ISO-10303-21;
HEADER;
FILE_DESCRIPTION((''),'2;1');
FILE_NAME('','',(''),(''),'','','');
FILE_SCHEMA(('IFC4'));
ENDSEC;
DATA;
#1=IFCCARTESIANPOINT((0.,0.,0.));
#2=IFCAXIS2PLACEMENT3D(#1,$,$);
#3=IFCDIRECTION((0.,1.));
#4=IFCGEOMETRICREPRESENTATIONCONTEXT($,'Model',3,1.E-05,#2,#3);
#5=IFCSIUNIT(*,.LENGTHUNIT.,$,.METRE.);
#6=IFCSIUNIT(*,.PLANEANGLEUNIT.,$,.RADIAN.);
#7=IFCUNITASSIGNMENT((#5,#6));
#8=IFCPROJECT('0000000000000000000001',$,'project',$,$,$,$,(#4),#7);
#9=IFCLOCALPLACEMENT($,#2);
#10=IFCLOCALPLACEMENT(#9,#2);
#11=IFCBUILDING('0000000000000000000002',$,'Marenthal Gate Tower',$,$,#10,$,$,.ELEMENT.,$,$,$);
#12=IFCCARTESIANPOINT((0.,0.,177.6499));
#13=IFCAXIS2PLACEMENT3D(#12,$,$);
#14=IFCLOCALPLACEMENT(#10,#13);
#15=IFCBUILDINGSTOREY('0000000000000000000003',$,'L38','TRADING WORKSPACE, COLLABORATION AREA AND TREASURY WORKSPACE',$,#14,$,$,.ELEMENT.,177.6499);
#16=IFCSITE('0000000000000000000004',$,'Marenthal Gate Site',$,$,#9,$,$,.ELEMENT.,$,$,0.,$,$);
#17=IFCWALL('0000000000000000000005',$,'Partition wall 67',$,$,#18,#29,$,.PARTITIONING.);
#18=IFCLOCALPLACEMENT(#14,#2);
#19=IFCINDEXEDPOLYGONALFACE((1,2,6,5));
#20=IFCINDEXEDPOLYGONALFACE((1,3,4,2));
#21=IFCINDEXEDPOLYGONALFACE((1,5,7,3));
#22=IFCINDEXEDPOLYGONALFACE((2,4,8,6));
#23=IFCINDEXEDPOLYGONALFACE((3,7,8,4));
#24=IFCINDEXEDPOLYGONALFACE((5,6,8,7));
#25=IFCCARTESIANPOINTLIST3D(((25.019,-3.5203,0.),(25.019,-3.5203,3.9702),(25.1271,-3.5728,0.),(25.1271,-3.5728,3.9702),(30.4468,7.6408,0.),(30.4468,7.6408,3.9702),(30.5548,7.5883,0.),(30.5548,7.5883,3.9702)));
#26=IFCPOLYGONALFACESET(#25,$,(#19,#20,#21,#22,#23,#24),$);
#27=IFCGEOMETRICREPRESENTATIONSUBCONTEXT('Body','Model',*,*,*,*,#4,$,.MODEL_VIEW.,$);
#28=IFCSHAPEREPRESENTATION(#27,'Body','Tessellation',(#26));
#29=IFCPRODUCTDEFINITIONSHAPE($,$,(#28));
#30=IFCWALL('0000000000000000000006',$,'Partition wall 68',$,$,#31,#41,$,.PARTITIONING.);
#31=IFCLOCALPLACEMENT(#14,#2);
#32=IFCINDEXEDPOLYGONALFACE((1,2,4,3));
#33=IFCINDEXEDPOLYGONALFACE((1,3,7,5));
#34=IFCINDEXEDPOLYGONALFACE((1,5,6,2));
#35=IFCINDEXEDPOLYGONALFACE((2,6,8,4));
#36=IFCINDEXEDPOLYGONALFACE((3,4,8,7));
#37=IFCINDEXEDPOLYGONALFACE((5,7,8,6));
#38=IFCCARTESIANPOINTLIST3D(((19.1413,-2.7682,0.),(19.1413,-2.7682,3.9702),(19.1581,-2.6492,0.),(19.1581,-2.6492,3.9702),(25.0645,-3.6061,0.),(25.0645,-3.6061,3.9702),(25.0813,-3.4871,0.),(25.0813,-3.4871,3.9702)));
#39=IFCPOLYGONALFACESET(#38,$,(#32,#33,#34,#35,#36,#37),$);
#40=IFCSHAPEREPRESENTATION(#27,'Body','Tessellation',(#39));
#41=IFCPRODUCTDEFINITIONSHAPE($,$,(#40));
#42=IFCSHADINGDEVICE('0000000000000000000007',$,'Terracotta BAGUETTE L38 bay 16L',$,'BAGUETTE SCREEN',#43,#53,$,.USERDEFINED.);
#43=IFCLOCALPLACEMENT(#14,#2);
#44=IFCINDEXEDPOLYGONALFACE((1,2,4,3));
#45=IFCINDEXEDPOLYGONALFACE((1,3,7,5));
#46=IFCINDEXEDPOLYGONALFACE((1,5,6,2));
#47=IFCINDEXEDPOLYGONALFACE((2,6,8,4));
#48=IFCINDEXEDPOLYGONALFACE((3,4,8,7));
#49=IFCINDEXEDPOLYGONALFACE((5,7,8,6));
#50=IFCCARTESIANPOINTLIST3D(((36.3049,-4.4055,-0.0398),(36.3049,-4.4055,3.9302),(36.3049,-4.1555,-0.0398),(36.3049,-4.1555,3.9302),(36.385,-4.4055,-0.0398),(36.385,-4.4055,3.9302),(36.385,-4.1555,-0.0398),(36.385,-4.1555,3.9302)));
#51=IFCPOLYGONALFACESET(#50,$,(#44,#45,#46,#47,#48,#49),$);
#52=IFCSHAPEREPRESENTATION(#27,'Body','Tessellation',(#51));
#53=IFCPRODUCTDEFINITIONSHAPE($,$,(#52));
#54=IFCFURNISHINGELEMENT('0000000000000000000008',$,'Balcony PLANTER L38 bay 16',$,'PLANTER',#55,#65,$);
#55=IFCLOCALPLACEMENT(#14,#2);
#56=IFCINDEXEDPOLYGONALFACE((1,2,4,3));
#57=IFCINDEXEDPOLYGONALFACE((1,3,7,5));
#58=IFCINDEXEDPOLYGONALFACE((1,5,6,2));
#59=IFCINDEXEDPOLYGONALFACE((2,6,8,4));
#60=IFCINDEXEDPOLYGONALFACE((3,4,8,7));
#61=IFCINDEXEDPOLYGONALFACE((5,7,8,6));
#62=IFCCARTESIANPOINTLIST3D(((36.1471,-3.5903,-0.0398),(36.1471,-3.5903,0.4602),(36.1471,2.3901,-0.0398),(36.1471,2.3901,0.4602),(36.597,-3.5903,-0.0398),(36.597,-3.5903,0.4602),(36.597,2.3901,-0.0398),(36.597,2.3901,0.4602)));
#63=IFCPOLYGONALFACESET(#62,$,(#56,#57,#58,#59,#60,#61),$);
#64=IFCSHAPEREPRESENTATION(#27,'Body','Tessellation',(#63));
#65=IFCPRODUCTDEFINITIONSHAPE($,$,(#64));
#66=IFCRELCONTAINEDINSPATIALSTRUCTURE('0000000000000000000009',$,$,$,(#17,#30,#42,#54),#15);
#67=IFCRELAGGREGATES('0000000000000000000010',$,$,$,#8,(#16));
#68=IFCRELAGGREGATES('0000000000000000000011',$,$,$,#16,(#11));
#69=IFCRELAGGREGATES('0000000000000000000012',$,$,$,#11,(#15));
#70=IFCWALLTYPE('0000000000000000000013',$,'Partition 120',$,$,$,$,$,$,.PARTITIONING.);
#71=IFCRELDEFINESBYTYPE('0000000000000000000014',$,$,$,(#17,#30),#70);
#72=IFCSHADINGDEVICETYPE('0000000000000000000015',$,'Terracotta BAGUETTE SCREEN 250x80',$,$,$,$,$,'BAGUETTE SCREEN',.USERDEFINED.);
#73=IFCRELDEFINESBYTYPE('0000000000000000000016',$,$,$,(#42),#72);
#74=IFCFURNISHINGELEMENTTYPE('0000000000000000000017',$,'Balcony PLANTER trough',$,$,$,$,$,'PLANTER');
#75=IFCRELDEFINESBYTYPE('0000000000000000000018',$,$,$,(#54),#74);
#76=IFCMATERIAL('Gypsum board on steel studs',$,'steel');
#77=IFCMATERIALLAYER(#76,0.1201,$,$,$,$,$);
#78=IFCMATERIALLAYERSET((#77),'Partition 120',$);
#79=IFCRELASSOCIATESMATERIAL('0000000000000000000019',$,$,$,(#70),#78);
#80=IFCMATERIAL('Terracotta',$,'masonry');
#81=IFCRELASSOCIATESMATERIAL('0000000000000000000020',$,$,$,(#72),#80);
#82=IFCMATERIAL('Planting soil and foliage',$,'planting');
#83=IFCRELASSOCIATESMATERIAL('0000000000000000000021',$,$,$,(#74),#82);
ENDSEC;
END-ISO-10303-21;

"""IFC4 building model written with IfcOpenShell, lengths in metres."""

from ifc_helpers import new_model, si_unit, direction, frame, frame_2d, origin, origin_2d, place, context, subcontext, project, spatial, rectangle, extrude, material, layer, layer_set, material_profile, profile_set, type_object, element, save


model = new_model("IFC4")

# Units and contexts
model_context = context("Model", 3, precision=1e-05, world=origin(), true_north=direction((0.0, 1.0)))
body_context = subcontext(model_context, "Body", "Model", "MODEL_VIEW")
ifc_project = project(units=[si_unit("LENGTHUNIT", "METRE"), si_unit("PLANEANGLEUNIT", "RADIAN")], contexts=[model_context])

# Site, building, storey
site_placement = place(None, origin())
site = spatial("IfcSite", under=ifc_project, at=site_placement, Name="Marenthal Gate Site", CompositionType="ELEMENT", RefElevation=0.0)
building_placement = place(site_placement, origin())
building = spatial("IfcBuilding", under=site, at=building_placement, Name="Marenthal Gate Tower", CompositionType="ELEMENT")
storey_placement = place(building_placement, frame((0.0, 0.0, 177.6499)))
storey = spatial("IfcBuildingStorey", under=building, at=storey_placement, Name="L38", Description="TRADING WORKSPACE, COLLABORATION AREA AND TREASURY WORKSPACE", CompositionType="ELEMENT", Elevation=177.6499)

# Walls
ifc_material_1 = material(Name="Gypsum board on steel studs", Category="steel")
ifc_layer_1 = layer(ifc_material_1, 0.1201)
ifc_layer_set_1 = layer_set([ifc_layer_1], Name="Partition 120")
wall_type_1 = type_object("IfcWallType", Name="Partition 120", PredefinedType="PARTITIONING", material=ifc_layer_set_1)
wall_1_placement = place(storey_placement, frame((25.073, -3.5466, 0.0), z_axis=(0.0, 0.0, 1.0), x_axis=(0.437335, 0.899299, 0.0)))
element("IfcWall", 1, at=wall_1_placement, inside=storey, type_object=wall_type_1, Name="Partition wall 67", PredefinedType="PARTITIONING", context=body_context, shape_type="SweptSolid", body=[
    extrude(rectangle(XDim=12.4109, YDim=0.1201, at=frame_2d((6.2056, 0.0))), origin(), (0.0, 0.0, 1.0), 3.9702),
])
wall_2_placement = place(storey_placement, frame((25.073, -3.5466, 0.0), z_axis=(0.0, 0.0, 1.0), x_axis=(-0.990142, 0.140067, 0.0)))
element("IfcWall", 2, at=wall_2_placement, inside=storey, type_object=wall_type_1, Name="Partition wall 68", PredefinedType="PARTITIONING", context=body_context, shape_type="SweptSolid", body=[
    extrude(rectangle(XDim=5.9822, YDim=0.1201, at=frame_2d((2.9912, 0.0))), origin(), (0.0, 0.0, 1.0), 3.9702),
])

# Shading device
ifc_material_2 = material(Name="Terracotta", Category="masonry")
ifc_material_profile_1 = material_profile(ifc_material_2, rectangle(XDim=0.25, YDim=0.0801, at=origin_2d()), Name="Terracotta baguette 250x80")
ifc_profile_set_1 = profile_set([ifc_material_profile_1], Name="Terracotta")
shading_device_type = type_object("IfcShadingDeviceType", Name="Terracotta BAGUETTE SCREEN 250x80", ElementType="BAGUETTE SCREEN", PredefinedType="USERDEFINED", material=ifc_profile_set_1)
shading_device_placement = place(storey_placement, frame((36.345, -4.2805, -0.0398), z_axis=(0.0, 0.0, 1.0), x_axis=(0.0, 1.0, 0.0)))
element("IfcShadingDevice", 3, at=shading_device_placement, inside=storey, type_object=shading_device_type, Name="Terracotta BAGUETTE L38 bay 16L", ObjectType="BAGUETTE SCREEN", PredefinedType="USERDEFINED", context=body_context, shape_type="SweptSolid", body=[
    extrude(rectangle(XDim=0.25, YDim=0.0801, at=origin_2d()), origin(), (0.0, 0.0, 1.0), 3.97),
])

# Furnishing element
ifc_material_3 = material(Name="Planting soil and foliage", Category="planting")
furnishing_element_type = type_object("IfcFurnishingElementType", Name="Balcony PLANTER trough", ElementType="PLANTER", material=ifc_material_3)
furnishing_placement = place(storey_placement, frame((36.3721, -0.6001, -0.0398), z_axis=(0.0, 0.0, 1.0), x_axis=(0.0, 1.0, 0.0)))
element("IfcFurnishingElement", 4, at=furnishing_placement, inside=storey, type_object=furnishing_element_type, Name="Balcony PLANTER L38 bay 16", ObjectType="PLANTER", context=body_context, shape_type="SweptSolid", body=[
    extrude(rectangle(XDim=5.9805, YDim=0.45, at=origin_2d()), origin(), (0.0, 0.0, 1.0), 0.5),
])

save(model, "model.ifc")
